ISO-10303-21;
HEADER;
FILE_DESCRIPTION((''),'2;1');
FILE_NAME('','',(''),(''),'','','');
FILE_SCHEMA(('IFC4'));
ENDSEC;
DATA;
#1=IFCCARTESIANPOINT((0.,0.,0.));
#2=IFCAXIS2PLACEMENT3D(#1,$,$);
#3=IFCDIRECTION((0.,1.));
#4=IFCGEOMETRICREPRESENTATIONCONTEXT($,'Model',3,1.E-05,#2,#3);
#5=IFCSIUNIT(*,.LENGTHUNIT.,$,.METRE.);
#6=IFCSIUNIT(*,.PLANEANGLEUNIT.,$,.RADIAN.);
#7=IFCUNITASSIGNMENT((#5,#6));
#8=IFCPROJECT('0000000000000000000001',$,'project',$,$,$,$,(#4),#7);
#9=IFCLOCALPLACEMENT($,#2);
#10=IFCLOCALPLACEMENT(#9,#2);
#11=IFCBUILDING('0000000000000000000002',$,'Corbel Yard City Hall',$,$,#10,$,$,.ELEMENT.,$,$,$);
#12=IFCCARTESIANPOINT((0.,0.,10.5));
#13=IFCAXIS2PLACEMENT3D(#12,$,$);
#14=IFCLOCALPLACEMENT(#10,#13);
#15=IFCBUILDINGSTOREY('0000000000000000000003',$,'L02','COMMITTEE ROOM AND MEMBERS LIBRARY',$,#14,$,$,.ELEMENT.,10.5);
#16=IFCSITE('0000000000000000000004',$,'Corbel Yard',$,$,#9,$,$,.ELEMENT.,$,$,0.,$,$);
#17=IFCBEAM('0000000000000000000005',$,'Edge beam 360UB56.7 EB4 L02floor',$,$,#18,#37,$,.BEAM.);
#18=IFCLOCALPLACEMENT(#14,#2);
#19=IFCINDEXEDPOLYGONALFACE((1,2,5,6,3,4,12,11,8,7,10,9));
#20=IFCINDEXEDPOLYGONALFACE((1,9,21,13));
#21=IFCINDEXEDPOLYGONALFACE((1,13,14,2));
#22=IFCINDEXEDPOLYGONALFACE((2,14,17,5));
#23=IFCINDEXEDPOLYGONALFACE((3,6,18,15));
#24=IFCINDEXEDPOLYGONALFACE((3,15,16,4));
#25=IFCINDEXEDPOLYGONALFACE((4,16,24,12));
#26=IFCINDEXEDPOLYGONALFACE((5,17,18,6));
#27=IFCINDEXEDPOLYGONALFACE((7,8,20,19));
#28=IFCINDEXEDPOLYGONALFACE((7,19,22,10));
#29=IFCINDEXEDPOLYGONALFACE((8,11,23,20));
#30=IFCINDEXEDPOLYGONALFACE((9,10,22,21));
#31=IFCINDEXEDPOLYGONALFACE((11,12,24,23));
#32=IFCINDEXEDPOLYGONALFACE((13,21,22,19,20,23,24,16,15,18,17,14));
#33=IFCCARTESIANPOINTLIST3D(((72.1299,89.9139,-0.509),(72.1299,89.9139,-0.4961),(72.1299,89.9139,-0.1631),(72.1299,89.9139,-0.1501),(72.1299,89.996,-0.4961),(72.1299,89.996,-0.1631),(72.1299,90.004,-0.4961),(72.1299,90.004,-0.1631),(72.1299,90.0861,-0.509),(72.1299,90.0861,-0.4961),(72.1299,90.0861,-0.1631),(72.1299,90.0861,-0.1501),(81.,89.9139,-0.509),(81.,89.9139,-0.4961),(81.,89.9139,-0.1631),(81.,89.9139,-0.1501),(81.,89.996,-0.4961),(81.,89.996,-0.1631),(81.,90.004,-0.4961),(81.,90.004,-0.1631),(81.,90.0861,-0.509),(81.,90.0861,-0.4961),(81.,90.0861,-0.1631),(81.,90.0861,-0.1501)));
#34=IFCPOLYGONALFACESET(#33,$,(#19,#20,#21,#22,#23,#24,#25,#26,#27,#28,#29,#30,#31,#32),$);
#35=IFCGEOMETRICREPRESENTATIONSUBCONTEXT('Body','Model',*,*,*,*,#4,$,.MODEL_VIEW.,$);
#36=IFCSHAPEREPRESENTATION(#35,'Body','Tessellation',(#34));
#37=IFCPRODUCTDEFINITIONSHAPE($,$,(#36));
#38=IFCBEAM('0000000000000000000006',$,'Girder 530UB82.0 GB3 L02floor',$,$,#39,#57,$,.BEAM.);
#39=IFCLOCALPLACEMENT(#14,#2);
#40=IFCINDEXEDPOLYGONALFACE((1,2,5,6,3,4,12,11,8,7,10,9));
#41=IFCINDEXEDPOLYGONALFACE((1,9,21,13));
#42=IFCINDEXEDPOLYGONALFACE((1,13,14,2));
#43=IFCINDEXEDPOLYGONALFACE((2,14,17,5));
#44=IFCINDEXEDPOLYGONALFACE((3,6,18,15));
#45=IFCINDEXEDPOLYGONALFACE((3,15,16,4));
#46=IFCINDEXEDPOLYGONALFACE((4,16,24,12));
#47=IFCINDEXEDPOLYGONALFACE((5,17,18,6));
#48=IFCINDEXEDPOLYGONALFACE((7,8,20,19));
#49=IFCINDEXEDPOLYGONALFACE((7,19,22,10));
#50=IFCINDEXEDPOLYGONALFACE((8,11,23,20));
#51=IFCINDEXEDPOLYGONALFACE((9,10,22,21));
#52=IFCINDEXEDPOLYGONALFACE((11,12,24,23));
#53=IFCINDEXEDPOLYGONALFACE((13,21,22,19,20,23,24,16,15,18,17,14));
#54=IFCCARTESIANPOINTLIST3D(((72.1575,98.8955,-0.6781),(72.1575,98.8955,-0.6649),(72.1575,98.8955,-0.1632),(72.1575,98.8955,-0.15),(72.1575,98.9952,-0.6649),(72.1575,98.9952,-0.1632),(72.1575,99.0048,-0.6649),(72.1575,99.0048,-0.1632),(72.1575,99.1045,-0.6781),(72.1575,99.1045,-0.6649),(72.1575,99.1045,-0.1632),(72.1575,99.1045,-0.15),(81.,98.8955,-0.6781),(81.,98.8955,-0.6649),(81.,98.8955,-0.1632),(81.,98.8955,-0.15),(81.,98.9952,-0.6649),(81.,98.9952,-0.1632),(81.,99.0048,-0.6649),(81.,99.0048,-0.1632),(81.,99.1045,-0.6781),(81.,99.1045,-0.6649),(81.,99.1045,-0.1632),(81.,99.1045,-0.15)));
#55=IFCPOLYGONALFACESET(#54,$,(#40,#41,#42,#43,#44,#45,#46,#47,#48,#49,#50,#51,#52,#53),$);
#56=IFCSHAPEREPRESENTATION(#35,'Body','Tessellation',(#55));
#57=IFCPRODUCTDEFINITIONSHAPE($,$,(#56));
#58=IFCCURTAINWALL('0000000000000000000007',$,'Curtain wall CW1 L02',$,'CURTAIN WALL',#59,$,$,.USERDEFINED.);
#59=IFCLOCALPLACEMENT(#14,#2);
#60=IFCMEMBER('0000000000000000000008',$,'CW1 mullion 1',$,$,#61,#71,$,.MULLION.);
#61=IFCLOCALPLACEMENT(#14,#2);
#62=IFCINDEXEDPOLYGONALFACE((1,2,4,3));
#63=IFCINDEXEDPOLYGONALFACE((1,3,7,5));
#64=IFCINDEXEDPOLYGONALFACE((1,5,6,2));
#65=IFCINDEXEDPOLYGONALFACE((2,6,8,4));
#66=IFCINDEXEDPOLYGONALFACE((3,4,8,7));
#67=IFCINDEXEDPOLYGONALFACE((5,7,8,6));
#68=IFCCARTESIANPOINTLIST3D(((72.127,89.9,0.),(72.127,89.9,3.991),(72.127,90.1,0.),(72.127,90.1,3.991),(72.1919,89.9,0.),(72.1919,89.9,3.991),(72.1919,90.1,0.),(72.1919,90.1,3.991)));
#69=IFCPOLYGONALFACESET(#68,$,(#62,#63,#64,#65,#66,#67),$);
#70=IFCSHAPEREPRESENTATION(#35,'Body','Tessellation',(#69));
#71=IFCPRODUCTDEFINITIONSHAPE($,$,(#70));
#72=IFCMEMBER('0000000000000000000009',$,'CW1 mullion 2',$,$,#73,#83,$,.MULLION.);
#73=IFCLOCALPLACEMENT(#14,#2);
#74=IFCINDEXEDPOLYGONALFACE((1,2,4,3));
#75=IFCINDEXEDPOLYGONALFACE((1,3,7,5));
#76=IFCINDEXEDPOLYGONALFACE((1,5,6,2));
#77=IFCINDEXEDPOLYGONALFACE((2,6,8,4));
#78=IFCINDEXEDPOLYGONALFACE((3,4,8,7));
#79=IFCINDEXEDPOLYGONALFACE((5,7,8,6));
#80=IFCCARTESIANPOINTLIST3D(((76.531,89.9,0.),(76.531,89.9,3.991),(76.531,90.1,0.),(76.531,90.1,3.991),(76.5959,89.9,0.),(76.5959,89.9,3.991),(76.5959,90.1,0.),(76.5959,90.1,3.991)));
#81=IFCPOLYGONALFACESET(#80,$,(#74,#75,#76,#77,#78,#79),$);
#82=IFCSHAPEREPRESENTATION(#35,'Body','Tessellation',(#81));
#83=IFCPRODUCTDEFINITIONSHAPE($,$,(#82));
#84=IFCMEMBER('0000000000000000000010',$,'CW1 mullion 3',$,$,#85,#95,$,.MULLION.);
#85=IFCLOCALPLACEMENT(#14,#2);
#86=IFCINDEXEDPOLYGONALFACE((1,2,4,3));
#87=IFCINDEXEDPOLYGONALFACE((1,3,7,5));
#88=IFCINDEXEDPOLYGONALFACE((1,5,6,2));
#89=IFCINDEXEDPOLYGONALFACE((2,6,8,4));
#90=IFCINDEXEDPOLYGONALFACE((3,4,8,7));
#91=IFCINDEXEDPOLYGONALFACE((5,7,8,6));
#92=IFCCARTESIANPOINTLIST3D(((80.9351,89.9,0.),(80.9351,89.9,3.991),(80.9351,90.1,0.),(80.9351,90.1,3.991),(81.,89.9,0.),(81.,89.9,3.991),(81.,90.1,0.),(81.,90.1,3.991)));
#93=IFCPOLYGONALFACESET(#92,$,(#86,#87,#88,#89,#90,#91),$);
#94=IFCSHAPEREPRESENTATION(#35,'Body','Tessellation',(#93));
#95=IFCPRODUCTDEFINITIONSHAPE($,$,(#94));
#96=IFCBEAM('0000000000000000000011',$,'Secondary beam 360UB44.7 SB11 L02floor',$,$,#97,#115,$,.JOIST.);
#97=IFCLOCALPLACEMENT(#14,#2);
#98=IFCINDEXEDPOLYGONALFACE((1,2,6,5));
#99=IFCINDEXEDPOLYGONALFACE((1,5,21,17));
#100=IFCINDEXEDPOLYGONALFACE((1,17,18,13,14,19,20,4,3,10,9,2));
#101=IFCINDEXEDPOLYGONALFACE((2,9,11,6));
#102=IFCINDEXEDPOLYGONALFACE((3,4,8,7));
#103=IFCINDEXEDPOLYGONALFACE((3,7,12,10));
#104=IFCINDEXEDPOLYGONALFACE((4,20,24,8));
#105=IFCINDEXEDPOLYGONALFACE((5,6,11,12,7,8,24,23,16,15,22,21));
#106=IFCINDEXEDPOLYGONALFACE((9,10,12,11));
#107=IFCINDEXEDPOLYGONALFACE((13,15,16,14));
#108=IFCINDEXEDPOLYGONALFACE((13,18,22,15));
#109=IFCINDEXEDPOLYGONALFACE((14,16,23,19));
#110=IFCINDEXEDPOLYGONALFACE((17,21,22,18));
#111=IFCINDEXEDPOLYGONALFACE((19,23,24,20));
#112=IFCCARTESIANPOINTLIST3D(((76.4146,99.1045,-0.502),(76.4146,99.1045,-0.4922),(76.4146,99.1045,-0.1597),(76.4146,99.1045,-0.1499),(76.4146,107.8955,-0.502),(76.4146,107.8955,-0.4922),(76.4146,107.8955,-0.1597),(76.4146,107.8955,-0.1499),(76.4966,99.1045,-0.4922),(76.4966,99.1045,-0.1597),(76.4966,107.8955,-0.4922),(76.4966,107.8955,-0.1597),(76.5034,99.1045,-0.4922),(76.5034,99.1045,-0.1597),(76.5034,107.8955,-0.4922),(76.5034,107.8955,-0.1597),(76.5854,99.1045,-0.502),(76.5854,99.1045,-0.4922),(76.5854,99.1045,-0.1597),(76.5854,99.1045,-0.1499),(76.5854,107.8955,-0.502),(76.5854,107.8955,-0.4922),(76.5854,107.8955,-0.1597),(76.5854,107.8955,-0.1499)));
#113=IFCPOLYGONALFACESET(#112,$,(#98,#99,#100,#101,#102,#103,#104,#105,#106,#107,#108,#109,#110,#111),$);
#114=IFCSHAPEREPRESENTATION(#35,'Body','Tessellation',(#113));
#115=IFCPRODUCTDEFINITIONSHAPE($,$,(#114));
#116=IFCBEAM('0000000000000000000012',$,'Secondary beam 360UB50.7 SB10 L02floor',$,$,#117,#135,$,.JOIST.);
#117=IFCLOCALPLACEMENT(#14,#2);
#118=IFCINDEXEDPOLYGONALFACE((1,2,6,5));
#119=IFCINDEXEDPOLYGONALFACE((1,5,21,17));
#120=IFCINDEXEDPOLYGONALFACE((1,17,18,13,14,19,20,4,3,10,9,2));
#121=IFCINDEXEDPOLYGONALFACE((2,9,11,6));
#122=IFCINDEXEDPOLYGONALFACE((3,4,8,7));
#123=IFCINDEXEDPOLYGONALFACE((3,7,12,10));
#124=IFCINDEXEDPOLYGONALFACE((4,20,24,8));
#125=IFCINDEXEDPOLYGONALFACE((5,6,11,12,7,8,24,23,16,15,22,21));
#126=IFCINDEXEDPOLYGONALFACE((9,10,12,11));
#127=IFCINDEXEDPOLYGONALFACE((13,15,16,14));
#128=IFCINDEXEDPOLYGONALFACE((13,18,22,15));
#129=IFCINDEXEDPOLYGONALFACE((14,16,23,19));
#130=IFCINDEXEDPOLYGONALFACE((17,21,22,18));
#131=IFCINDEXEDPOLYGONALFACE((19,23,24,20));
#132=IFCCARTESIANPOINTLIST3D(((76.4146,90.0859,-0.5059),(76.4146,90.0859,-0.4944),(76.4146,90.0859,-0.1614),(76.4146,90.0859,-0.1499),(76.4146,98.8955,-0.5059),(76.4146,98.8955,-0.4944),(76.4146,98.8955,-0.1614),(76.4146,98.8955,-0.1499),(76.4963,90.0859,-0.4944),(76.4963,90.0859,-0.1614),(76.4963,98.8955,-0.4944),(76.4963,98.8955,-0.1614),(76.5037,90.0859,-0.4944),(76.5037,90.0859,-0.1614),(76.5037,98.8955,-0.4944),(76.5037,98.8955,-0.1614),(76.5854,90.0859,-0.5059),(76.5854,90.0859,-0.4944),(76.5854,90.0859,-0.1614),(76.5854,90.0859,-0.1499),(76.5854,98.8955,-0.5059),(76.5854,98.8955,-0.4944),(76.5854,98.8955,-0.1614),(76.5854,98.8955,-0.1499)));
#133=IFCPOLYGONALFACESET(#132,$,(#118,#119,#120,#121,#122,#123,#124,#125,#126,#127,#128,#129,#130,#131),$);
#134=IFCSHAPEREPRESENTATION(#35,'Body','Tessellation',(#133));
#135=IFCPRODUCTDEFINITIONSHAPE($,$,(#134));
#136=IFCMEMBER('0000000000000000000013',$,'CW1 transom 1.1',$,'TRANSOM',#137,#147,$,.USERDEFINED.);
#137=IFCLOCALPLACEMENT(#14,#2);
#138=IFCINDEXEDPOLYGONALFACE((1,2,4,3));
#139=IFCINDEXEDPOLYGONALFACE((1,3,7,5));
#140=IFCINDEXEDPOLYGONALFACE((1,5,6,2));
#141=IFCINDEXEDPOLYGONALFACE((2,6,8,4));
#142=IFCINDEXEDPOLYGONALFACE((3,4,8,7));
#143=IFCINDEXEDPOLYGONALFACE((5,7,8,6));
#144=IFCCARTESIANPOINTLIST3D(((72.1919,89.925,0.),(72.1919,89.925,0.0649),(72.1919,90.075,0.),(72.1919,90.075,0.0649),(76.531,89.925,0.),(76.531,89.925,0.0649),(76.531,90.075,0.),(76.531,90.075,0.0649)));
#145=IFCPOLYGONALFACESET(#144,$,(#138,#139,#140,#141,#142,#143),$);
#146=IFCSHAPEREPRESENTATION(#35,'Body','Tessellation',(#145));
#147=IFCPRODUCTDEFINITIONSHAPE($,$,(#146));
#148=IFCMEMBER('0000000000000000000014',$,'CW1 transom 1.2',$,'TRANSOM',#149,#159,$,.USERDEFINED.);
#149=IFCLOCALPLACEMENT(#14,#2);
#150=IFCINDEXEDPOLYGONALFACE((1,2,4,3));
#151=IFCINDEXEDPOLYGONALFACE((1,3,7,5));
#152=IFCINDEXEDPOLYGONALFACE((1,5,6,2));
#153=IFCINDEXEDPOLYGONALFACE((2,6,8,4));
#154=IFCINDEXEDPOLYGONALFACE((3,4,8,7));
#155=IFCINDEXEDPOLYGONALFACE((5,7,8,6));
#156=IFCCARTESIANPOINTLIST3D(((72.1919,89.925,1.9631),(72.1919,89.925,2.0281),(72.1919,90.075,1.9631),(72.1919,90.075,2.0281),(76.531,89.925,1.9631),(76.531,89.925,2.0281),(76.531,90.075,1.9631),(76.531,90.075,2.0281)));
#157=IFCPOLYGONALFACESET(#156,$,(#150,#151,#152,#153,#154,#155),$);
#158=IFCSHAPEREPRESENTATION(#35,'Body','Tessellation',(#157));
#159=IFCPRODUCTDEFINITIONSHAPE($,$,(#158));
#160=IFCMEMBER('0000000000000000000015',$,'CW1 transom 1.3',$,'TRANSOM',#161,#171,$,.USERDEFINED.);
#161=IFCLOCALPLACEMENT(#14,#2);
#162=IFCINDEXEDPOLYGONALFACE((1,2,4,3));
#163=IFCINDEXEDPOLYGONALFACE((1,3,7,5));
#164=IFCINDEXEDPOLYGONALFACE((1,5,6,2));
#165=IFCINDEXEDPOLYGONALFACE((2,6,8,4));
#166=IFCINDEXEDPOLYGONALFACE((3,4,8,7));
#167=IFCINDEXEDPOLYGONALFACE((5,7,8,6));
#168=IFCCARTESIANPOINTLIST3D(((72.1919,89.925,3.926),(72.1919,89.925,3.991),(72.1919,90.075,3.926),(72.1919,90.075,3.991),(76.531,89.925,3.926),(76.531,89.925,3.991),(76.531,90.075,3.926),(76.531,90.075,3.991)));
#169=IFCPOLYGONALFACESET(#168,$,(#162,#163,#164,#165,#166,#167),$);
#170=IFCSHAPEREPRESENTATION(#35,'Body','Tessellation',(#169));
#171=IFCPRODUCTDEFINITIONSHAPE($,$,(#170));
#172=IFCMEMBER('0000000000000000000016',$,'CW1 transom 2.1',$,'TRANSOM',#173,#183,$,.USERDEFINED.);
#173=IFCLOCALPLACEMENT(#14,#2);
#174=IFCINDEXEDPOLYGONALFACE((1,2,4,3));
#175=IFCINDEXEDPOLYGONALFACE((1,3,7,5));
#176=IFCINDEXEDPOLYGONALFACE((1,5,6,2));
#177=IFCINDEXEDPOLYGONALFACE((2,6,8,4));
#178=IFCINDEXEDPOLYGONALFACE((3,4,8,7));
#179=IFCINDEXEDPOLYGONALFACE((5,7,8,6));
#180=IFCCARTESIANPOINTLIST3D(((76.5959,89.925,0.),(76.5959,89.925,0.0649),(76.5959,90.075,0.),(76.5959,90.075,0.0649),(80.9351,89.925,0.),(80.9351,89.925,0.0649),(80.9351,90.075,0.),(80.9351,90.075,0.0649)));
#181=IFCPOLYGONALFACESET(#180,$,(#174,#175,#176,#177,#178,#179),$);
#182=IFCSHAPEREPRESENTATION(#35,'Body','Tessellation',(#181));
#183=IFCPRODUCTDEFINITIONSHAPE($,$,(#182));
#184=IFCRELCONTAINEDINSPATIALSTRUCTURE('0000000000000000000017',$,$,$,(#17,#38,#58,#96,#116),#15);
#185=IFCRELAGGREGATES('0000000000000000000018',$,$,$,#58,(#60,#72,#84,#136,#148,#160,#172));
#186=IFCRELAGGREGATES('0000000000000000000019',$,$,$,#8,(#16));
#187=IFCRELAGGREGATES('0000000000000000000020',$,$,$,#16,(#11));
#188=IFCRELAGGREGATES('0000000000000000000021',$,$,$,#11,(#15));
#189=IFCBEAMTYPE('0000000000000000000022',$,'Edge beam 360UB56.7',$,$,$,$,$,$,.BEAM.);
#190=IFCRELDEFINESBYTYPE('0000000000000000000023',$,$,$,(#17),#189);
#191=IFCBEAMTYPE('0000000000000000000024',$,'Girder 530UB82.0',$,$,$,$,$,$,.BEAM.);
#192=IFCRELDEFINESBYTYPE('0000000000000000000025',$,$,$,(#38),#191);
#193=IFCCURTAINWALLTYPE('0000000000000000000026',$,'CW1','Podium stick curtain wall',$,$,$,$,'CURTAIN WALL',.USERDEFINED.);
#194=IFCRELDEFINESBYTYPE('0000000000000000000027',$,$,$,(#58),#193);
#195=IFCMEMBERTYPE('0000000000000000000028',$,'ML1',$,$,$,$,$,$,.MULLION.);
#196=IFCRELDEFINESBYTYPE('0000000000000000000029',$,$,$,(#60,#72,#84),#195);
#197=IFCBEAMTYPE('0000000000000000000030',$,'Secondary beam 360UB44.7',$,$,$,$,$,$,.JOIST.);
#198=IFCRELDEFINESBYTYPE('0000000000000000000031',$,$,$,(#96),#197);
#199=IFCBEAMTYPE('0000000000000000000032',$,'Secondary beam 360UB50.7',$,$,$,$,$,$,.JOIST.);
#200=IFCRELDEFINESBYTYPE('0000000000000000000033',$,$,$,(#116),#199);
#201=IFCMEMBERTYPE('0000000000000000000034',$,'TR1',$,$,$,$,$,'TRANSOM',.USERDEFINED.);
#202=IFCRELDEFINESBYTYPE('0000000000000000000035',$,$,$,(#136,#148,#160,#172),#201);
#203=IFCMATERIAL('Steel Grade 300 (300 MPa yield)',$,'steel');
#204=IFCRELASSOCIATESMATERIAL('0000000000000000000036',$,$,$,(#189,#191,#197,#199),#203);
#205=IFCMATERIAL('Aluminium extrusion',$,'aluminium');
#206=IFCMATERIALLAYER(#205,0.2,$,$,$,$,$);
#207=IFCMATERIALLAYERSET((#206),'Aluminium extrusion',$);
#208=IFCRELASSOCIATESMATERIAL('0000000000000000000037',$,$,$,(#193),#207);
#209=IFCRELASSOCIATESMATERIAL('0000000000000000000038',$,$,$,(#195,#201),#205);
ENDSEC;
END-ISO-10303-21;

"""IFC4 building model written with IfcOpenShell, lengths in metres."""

from ifc_helpers import new_model, si_unit, direction, frame, origin, origin_2d, place, context, subcontext, project, spatial, rectangle, i_section, extrude, material, layer, layer_set, material_profile, profile_set, type_object, element, aggregate, save


model = new_model("IFC4")

# Units and contexts
model_context = context("Model", 3, precision=1e-05, world=origin(), true_north=direction((0.0, 1.0)))
body_context = subcontext(model_context, "Body", "Model", "MODEL_VIEW")
ifc_project = project(units=[si_unit("LENGTHUNIT", "METRE"), si_unit("PLANEANGLEUNIT", "RADIAN")], contexts=[model_context])

# Site, building, storey
site_placement = place(None, origin())
site = spatial("IfcSite", under=ifc_project, at=site_placement, Name="Corbel Yard", CompositionType="ELEMENT", RefElevation=0.0)
building_placement = place(site_placement, origin())
building = spatial("IfcBuilding", under=site, at=building_placement, Name="Corbel Yard City Hall", CompositionType="ELEMENT")
storey_placement = place(building_placement, frame((0.0, 0.0, 10.5)))
storey = spatial("IfcBuildingStorey", under=building, at=storey_placement, Name="L02", Description="COMMITTEE ROOM AND MEMBERS LIBRARY", CompositionType="ELEMENT", Elevation=10.5)

# Beams
ifc_material_1 = material(Name="Steel Grade 300 (300 MPa yield)", Category="steel")
ifc_material_profile_1 = material_profile(ifc_material_1, i_section(OverallWidth=0.1721, OverallDepth=0.3589, WebThickness=0.0081, FlangeThickness=0.0129, at=origin_2d()), Name="360UB56.7")
ifc_profile_set_1 = profile_set([ifc_material_profile_1], Name="Steel Grade 300 (300 MPa yield)")
beam_type_1 = type_object("IfcBeamType", Name="Edge beam 360UB56.7", PredefinedType="BEAM", material=ifc_profile_set_1)
beam_1_placement = place(storey_placement, frame((72.1299, 90.0, -0.3296), z_axis=(1.0, 0.0, 0.0), x_axis=(0.0, 1.0, 0.0)))
element("IfcBeam", 1, at=beam_1_placement, inside=storey, type_object=beam_type_1, Name="Edge beam 360UB56.7 EB4 L02floor", PredefinedType="BEAM", context=body_context, shape_type="SweptSolid", body=[
    extrude(i_section(OverallWidth=0.1721, OverallDepth=0.3589, WebThickness=0.0081, FlangeThickness=0.0129, at=origin_2d()), origin(), (0.0, 0.0, 1.0), 8.8701),
])
ifc_material_profile_2 = material_profile(ifc_material_1, i_section(OverallWidth=0.209, OverallDepth=0.5281, WebThickness=0.0095, FlangeThickness=0.0132, at=origin_2d()), Name="530UB82.0")
ifc_profile_set_2 = profile_set([ifc_material_profile_2], Name="Steel Grade 300 (300 MPa yield)")
beam_type_2 = type_object("IfcBeamType", Name="Girder 530UB82.0", PredefinedType="BEAM", material=ifc_profile_set_2)
beam_2_placement = place(storey_placement, frame((72.1575, 99.0, -0.4141), z_axis=(1.0, 0.0, 0.0), x_axis=(0.0, 1.0, 0.0)))
element("IfcBeam", 2, at=beam_2_placement, inside=storey, type_object=beam_type_2, Name="Girder 530UB82.0 GB3 L02floor", PredefinedType="BEAM", context=body_context, shape_type="SweptSolid", body=[
    extrude(i_section(OverallWidth=0.209, OverallDepth=0.5281, WebThickness=0.0095, FlangeThickness=0.0132, at=origin_2d()), origin(), (0.0, 0.0, 1.0), 8.8425),
])

# Curtain wall, members
ifc_material_2 = material(Name="Aluminium extrusion", Category="aluminium")
ifc_layer_1 = layer(ifc_material_2, 0.2)
ifc_layer_set_1 = layer_set([ifc_layer_1], Name="Aluminium extrusion")
curtain_wall_type = type_object("IfcCurtainWallType", Name="CW1", Description="Podium stick curtain wall", ElementType="CURTAIN WALL", PredefinedType="USERDEFINED", material=ifc_layer_set_1)
curtain_wall_placement = place(storey_placement, origin())
curtain_wall = element("IfcCurtainWall", 3, at=curtain_wall_placement, inside=storey, type_object=curtain_wall_type, Name="Curtain wall CW1 L02", ObjectType="CURTAIN WALL", PredefinedType="USERDEFINED")
ifc_material_profile_3 = material_profile(ifc_material_2, rectangle(XDim=0.2, YDim=0.0649, at=origin_2d()), Name="200x65")
ifc_profile_set_3 = profile_set([ifc_material_profile_3], Name="Aluminium extrusion")
member_type_1 = type_object("IfcMemberType", Name="ML1", PredefinedType="MULLION", material=ifc_profile_set_3)
member_1_placement = place(storey_placement, frame((72.1594, 90.0, 0.0), z_axis=(0.0, 0.0, 1.0), x_axis=(0.0, 1.0, 0.0)))
member_1 = element("IfcMember", 4, at=member_1_placement, type_object=member_type_1, Name="CW1 mullion 1", PredefinedType="MULLION", context=body_context, shape_type="SweptSolid", body=[
    extrude(rectangle(XDim=0.2, YDim=0.0649, at=origin_2d()), origin(), (0.0, 0.0, 1.0), 3.991),
])
member_2_placement = place(storey_placement, frame((76.5635, 90.0, 0.0), z_axis=(0.0, 0.0, 1.0), x_axis=(0.0, 1.0, 0.0)))
member_2 = element("IfcMember", 5, at=member_2_placement, type_object=member_type_1, Name="CW1 mullion 2", PredefinedType="MULLION", context=body_context, shape_type="SweptSolid", body=[
    extrude(rectangle(XDim=0.2, YDim=0.0649, at=origin_2d()), origin(), (0.0, 0.0, 1.0), 3.991),
])
member_3_placement = place(storey_placement, frame((80.9675, 90.0, 0.0), z_axis=(0.0, 0.0, 1.0), x_axis=(0.0, 1.0, 0.0)))
member_3 = element("IfcMember", 6, at=member_3_placement, type_object=member_type_1, Name="CW1 mullion 3", PredefinedType="MULLION", context=body_context, shape_type="SweptSolid", body=[
    extrude(rectangle(XDim=0.2, YDim=0.0649, at=origin_2d()), origin(), (0.0, 0.0, 1.0), 3.991),
])

# Beams
ifc_material_profile_4 = material_profile(ifc_material_1, i_section(OverallWidth=0.1709, OverallDepth=0.3521, WebThickness=0.0068, FlangeThickness=0.0098, at=origin_2d()), Name="360UB44.7")
ifc_profile_set_4 = profile_set([ifc_material_profile_4], Name="Steel Grade 300 (300 MPa yield)")
beam_type_3 = type_object("IfcBeamType", Name="Secondary beam 360UB44.7", PredefinedType="JOIST", material=ifc_profile_set_4)
beam_3_placement = place(storey_placement, frame((76.5, 99.1045, -0.3259), z_axis=(0.0, 1.0, 0.0), x_axis=(-1.0, 0.0, 0.0)))
element("IfcBeam", 7, at=beam_3_placement, inside=storey, type_object=beam_type_3, Name="Secondary beam 360UB44.7 SB11 L02floor", PredefinedType="JOIST", context=body_context, shape_type="SweptSolid", body=[
    extrude(i_section(OverallWidth=0.1709, OverallDepth=0.3521, WebThickness=0.0068, FlangeThickness=0.0098, at=origin_2d()), origin(), (0.0, 0.0, 1.0), 8.791),
])
ifc_material_profile_5 = material_profile(ifc_material_1, i_section(OverallWidth=0.1709, OverallDepth=0.356, WebThickness=0.0073, FlangeThickness=0.0115, at=origin_2d()), Name="360UB50.7")
ifc_profile_set_5 = profile_set([ifc_material_profile_5], Name="Steel Grade 300 (300 MPa yield)")
beam_type_4 = type_object("IfcBeamType", Name="Secondary beam 360UB50.7", PredefinedType="JOIST", material=ifc_profile_set_5)
beam_4_placement = place(storey_placement, frame((76.5, 90.0859, -0.3279), z_axis=(0.0, 1.0, 0.0), x_axis=(-1.0, 0.0, 0.0)))
element("IfcBeam", 8, at=beam_4_placement, inside=storey, type_object=beam_type_4, Name="Secondary beam 360UB50.7 SB10 L02floor", PredefinedType="JOIST", context=body_context, shape_type="SweptSolid", body=[
    extrude(i_section(OverallWidth=0.1709, OverallDepth=0.356, WebThickness=0.0073, FlangeThickness=0.0115, at=origin_2d()), origin(), (0.0, 0.0, 1.0), 8.8096),
])

# Members
ifc_material_profile_6 = material_profile(ifc_material_2, rectangle(XDim=0.1499, YDim=0.0649, at=origin_2d()), Name="150x65")
ifc_profile_set_6 = profile_set([ifc_material_profile_6], Name="Aluminium extrusion")
member_type_2 = type_object("IfcMemberType", Name="TR1", ElementType="TRANSOM", PredefinedType="USERDEFINED", material=ifc_profile_set_6)
member_4_placement = place(storey_placement, frame((72.1919, 90.0, 0.0325), z_axis=(1.0, 0.0, 0.0), x_axis=(0.0, 1.0, 0.0)))
member_4 = element("IfcMember", 9, at=member_4_placement, type_object=member_type_2, Name="CW1 transom 1.1", ObjectType="TRANSOM", PredefinedType="USERDEFINED", context=body_context, shape_type="SweptSolid", body=[
    extrude(rectangle(XDim=0.1499, YDim=0.0649, at=origin_2d()), origin(), (0.0, 0.0, 1.0), 4.3391),
])
member_5_placement = place(storey_placement, frame((72.1919, 90.0, 1.9956), z_axis=(1.0, 0.0, 0.0), x_axis=(0.0, 1.0, 0.0)))
member_5 = element("IfcMember", 10, at=member_5_placement, type_object=member_type_2, Name="CW1 transom 1.2", ObjectType="TRANSOM", PredefinedType="USERDEFINED", context=body_context, shape_type="SweptSolid", body=[
    extrude(rectangle(XDim=0.1499, YDim=0.0649, at=origin_2d()), origin(), (0.0, 0.0, 1.0), 4.3391),
])
member_6_placement = place(storey_placement, frame((72.1919, 90.0, 3.9585), z_axis=(1.0, 0.0, 0.0), x_axis=(0.0, 1.0, 0.0)))
member_6 = element("IfcMember", 11, at=member_6_placement, type_object=member_type_2, Name="CW1 transom 1.3", ObjectType="TRANSOM", PredefinedType="USERDEFINED", context=body_context, shape_type="SweptSolid", body=[
    extrude(rectangle(XDim=0.1499, YDim=0.0649, at=origin_2d()), origin(), (0.0, 0.0, 1.0), 4.3391),
])
member_7_placement = place(storey_placement, frame((76.5959, 90.0, 0.0325), z_axis=(1.0, 0.0, 0.0), x_axis=(0.0, 1.0, 0.0)))
member_7 = element("IfcMember", 12, at=member_7_placement, type_object=member_type_2, Name="CW1 transom 2.1", ObjectType="TRANSOM", PredefinedType="USERDEFINED", context=body_context, shape_type="SweptSolid", body=[
    extrude(rectangle(XDim=0.1499, YDim=0.0649, at=origin_2d()), origin(), (0.0, 0.0, 1.0), 4.3391),
])

aggregate(curtain_wall, [member_1, member_2, member_3, member_4, member_5, member_6, member_7])

save(model, "model.ifc")
